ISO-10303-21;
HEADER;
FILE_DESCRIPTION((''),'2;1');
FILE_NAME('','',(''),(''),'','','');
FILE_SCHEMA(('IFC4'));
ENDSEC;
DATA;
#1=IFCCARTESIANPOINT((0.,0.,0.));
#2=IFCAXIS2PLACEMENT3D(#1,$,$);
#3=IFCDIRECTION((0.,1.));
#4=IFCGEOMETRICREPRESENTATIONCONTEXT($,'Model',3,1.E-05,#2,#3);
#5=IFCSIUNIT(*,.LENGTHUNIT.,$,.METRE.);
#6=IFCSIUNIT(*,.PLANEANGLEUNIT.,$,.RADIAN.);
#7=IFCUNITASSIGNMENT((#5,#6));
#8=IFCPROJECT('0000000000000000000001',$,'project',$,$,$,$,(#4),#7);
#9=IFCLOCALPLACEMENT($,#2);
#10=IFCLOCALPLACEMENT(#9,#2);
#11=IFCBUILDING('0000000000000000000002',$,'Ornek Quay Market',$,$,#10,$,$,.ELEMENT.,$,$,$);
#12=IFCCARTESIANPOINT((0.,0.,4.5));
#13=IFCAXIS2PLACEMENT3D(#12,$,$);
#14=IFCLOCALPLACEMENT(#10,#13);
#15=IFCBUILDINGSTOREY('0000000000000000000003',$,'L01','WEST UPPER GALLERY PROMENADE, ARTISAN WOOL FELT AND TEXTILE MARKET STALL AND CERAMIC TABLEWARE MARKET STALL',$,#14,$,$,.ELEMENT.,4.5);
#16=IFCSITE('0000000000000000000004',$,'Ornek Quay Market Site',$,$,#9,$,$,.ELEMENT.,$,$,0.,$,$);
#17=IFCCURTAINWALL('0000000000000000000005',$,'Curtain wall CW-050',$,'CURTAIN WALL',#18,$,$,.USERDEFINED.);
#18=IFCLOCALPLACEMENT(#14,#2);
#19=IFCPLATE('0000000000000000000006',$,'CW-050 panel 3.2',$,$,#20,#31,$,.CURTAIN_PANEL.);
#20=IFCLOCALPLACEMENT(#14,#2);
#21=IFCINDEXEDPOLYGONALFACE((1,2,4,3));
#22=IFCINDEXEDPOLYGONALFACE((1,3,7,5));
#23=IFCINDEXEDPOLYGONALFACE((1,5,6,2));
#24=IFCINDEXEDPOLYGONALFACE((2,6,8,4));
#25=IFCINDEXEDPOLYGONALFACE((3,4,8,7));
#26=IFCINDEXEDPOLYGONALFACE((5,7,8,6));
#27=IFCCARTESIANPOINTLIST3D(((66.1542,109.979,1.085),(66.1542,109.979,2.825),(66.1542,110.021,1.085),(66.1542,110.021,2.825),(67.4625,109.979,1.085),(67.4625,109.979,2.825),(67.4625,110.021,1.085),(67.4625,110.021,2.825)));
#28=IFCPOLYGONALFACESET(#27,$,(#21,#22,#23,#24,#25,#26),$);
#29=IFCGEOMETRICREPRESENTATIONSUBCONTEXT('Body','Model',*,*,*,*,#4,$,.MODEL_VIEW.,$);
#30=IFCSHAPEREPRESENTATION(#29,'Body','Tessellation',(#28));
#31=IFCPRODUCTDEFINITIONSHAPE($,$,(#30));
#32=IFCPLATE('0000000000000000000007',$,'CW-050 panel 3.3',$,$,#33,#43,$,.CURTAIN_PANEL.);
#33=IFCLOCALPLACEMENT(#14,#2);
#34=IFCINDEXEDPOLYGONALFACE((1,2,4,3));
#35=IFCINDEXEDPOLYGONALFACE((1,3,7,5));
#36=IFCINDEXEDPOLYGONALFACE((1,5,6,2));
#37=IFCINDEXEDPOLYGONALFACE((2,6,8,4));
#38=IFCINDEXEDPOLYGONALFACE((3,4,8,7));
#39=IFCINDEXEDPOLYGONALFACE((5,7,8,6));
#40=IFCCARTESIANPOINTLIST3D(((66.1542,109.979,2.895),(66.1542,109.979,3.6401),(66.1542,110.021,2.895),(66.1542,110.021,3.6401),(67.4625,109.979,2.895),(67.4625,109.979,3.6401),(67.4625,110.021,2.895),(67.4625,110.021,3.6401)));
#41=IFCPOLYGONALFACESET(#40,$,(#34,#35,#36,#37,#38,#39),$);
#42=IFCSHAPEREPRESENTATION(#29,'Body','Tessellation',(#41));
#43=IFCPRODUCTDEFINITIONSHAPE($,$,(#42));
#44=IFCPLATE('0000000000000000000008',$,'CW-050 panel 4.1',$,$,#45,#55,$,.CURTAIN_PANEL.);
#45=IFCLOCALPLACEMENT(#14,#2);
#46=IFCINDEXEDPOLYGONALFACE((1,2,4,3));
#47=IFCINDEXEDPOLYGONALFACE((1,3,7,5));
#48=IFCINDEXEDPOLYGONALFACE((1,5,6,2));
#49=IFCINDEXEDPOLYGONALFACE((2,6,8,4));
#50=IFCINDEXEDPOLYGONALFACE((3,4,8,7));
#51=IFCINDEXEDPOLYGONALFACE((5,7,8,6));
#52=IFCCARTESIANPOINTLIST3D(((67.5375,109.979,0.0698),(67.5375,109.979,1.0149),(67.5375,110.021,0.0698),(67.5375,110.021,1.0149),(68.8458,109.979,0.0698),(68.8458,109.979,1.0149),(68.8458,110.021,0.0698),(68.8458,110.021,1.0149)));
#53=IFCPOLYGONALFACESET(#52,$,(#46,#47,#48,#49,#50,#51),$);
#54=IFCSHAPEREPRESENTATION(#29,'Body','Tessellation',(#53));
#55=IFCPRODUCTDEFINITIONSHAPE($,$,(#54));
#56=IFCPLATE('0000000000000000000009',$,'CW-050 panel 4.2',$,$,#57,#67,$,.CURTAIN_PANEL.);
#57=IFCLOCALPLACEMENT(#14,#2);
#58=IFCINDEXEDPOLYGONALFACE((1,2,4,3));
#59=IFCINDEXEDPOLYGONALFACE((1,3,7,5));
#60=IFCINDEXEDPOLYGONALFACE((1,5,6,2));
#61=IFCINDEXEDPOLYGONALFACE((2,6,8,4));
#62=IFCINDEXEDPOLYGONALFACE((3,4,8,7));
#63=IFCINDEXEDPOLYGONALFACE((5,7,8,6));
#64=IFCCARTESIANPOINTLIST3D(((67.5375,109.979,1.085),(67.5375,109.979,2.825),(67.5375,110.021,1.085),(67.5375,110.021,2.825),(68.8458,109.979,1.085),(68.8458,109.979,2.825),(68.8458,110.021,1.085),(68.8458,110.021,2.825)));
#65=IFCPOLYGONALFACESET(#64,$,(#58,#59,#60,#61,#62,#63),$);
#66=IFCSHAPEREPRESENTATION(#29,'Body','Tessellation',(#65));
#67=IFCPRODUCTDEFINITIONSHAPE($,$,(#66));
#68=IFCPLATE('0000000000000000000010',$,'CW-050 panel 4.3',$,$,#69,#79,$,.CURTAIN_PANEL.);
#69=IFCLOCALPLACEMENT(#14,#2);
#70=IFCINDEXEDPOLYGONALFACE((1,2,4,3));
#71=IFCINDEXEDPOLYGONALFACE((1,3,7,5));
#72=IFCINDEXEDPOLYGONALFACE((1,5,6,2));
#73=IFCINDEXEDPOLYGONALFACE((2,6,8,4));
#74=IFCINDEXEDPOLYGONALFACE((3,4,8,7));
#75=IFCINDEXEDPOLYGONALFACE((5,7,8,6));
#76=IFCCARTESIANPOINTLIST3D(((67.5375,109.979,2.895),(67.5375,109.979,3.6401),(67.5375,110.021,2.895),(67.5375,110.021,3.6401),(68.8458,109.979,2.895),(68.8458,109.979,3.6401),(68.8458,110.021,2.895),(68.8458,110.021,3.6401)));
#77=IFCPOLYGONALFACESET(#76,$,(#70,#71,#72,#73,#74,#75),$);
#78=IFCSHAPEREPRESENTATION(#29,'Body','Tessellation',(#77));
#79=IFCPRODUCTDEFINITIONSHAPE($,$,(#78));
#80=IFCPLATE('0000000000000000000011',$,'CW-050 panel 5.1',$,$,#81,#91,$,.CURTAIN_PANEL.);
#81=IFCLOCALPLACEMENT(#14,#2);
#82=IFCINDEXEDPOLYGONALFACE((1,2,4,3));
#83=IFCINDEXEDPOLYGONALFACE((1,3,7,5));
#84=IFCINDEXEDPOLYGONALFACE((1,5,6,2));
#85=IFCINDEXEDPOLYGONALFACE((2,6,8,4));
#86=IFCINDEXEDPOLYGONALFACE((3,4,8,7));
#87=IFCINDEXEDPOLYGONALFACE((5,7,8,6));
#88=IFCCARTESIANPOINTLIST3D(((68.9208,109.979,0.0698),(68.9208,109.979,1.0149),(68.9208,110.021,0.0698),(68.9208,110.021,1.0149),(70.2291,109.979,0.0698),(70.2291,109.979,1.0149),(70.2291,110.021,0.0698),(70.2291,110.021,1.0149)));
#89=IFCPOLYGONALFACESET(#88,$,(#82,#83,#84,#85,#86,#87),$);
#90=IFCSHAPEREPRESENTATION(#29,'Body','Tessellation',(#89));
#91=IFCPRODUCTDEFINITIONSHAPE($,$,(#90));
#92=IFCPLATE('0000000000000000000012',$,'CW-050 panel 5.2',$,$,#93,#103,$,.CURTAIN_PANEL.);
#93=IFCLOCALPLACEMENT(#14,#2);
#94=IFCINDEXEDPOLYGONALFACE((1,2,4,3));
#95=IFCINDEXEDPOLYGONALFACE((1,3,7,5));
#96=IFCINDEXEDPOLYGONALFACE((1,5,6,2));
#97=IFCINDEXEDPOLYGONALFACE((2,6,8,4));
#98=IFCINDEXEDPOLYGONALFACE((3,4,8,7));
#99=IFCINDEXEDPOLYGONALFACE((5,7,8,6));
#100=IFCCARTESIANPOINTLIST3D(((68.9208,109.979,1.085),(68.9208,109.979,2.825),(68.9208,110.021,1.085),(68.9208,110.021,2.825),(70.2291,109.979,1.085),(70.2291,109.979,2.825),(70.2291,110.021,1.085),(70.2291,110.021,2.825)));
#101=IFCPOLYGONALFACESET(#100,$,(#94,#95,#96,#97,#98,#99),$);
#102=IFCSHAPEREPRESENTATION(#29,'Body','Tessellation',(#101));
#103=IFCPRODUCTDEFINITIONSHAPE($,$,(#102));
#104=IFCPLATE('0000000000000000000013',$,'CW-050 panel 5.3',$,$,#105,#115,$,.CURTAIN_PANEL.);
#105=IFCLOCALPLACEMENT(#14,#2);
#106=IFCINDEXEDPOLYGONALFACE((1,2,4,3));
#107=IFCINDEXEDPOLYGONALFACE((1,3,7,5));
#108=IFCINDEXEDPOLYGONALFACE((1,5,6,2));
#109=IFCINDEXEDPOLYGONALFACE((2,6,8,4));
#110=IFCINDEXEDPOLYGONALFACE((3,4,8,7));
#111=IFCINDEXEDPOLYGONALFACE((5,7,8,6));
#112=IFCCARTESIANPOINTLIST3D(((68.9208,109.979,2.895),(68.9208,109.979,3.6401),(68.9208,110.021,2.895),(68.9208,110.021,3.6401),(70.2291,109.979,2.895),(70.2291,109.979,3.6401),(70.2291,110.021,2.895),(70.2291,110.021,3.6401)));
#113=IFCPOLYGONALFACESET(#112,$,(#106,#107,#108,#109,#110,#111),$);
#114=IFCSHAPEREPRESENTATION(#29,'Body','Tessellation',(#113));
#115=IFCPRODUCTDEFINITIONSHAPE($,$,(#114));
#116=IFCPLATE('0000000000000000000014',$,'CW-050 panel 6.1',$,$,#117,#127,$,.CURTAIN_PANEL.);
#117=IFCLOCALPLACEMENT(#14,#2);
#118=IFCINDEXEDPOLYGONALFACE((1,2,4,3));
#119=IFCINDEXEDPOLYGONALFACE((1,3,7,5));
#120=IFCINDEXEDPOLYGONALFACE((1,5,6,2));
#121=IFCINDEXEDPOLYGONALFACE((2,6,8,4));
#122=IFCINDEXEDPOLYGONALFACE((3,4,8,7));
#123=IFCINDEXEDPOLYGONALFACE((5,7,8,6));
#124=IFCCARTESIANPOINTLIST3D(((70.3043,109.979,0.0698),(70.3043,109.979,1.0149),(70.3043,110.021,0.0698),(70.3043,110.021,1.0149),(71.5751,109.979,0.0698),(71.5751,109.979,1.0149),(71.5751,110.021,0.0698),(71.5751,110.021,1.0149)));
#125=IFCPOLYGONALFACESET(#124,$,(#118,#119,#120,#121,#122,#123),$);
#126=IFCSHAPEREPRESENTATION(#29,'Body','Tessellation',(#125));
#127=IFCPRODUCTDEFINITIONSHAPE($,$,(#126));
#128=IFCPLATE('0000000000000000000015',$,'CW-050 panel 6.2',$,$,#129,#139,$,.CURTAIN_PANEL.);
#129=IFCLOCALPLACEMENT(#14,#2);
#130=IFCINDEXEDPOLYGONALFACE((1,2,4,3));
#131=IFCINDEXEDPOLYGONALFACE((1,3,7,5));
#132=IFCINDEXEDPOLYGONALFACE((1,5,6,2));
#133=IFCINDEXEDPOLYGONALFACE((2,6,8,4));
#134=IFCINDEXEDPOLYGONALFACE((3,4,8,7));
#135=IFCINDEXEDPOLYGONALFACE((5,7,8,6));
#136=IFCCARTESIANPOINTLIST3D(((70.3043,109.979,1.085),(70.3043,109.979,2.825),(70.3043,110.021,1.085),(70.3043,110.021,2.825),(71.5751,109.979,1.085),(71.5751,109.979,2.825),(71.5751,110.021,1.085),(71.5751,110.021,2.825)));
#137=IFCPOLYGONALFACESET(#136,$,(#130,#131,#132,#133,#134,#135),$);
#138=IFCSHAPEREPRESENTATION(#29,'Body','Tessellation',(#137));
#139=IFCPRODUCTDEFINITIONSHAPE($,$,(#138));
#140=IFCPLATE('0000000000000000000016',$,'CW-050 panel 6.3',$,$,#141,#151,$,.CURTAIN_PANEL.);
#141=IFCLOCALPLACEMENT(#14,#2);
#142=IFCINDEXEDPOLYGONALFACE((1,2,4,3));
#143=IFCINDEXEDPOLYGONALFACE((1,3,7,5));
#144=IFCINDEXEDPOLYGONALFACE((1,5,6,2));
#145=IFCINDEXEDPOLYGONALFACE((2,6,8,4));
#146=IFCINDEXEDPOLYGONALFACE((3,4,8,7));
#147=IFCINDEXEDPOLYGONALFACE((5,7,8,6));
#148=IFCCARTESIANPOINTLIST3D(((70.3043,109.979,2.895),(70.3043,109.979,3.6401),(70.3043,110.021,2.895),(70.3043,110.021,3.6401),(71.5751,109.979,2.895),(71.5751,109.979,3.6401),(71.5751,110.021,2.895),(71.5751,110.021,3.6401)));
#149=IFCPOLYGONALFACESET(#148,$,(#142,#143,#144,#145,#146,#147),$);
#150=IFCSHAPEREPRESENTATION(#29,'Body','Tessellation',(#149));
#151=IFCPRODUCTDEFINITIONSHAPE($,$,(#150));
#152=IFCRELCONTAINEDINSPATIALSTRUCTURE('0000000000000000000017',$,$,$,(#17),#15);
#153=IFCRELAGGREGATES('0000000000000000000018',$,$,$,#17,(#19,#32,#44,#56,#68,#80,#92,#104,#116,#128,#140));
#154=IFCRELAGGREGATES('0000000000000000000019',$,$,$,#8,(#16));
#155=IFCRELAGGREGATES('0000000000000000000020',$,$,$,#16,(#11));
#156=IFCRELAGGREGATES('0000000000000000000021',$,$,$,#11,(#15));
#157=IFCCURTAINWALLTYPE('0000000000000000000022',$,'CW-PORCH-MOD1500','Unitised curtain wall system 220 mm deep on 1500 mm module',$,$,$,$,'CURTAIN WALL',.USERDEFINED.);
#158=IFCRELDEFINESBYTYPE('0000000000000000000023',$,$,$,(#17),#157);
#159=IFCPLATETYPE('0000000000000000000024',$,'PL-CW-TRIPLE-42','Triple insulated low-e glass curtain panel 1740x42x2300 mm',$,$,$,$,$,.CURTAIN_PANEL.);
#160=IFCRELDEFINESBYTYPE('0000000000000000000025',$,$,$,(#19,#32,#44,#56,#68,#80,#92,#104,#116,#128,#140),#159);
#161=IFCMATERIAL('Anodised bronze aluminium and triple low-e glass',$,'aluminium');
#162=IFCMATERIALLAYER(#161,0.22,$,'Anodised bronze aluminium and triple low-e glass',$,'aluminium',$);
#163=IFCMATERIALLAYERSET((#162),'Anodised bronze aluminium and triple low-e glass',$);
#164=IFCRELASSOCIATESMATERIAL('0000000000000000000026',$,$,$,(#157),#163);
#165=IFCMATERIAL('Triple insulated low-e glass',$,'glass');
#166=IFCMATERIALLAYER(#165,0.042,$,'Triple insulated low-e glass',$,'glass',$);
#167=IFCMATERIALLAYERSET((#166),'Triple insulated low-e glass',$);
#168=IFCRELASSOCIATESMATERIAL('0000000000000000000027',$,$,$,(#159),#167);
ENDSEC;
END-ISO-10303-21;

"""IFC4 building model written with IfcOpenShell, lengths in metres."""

from ifc_helpers import new_model, si_unit, direction, frame, origin, origin_2d, place, context, subcontext, project, spatial, rectangle, extrude, material, layer, layer_set, type_object, element, aggregate, save


model = new_model("IFC4")

# Units and contexts
model_context = context("Model", 3, precision=1e-05, world=origin(), true_north=direction((0.0, 1.0)))
body_context = subcontext(model_context, "Body", "Model", "MODEL_VIEW")
ifc_project = project(units=[si_unit("LENGTHUNIT", "METRE"), si_unit("PLANEANGLEUNIT", "RADIAN")], contexts=[model_context])

# Site, building, storey
site_placement = place(None, origin())
site = spatial("IfcSite", under=ifc_project, at=site_placement, Name="Ornek Quay Market Site", CompositionType="ELEMENT", RefElevation=0.0)
building_placement = place(site_placement, origin())
building = spatial("IfcBuilding", under=site, at=building_placement, Name="Ornek Quay Market", CompositionType="ELEMENT")
storey_placement = place(building_placement, frame((0.0, 0.0, 4.5)))
storey = spatial("IfcBuildingStorey", under=building, at=storey_placement, Name="L01", Description="WEST UPPER GALLERY PROMENADE, ARTISAN WOOL FELT AND TEXTILE MARKET STALL AND CERAMIC TABLEWARE MARKET STALL", CompositionType="ELEMENT", Elevation=4.5)

# Curtain wall, plates
ifc_material_1 = material(Name="Anodised bronze aluminium and triple low-e glass", Category="aluminium")
ifc_layer_1 = layer(ifc_material_1, 0.22, Name="Anodised bronze aluminium and triple low-e glass", Category="aluminium")
ifc_layer_set_1 = layer_set([ifc_layer_1], Name="Anodised bronze aluminium and triple low-e glass")
curtain_wall_type = type_object("IfcCurtainWallType", Name="CW-PORCH-MOD1500", Description="Unitised curtain wall system 220 mm deep on 1500 mm module", ElementType="CURTAIN WALL", PredefinedType="USERDEFINED", material=ifc_layer_set_1)
curtain_wall_placement = place(storey_placement, origin())
curtain_wall = element("IfcCurtainWall", 1, at=curtain_wall_placement, inside=storey, type_object=curtain_wall_type, Name="Curtain wall CW-050", ObjectType="CURTAIN WALL", PredefinedType="USERDEFINED")
ifc_material_2 = material(Name="Triple insulated low-e glass", Category="glass")
ifc_layer_2 = layer(ifc_material_2, 0.042, Name="Triple insulated low-e glass", Category="glass")
ifc_layer_set_2 = layer_set([ifc_layer_2], Name="Triple insulated low-e glass")
plate_type = type_object("IfcPlateType", Name="PL-CW-TRIPLE-42", Description="Triple insulated low-e glass curtain panel 1740x42x2300 mm", PredefinedType="CURTAIN_PANEL", material=ifc_layer_set_2)
plate_1_placement = place(storey_placement, frame((66.8083, 110.0, 1.085), z_axis=(0.0, 0.0, 1.0), x_axis=(1.0, 0.0, 0.0)))
plate_1 = element("IfcPlate", 2, at=plate_1_placement, type_object=plate_type, Name="CW-050 panel 3.2", PredefinedType="CURTAIN_PANEL", context=body_context, shape_type="SweptSolid", body=[
    extrude(rectangle(XDim=1.3083, YDim=0.042, at=origin_2d()), origin(), (0.0, 0.0, 1.0), 1.74),
])
plate_2_placement = place(storey_placement, frame((66.8083, 110.0, 2.895), z_axis=(0.0, 0.0, 1.0), x_axis=(1.0, 0.0, 0.0)))
plate_2 = element("IfcPlate", 3, at=plate_2_placement, type_object=plate_type, Name="CW-050 panel 3.3", PredefinedType="CURTAIN_PANEL", context=body_context, shape_type="SweptSolid", body=[
    extrude(rectangle(XDim=1.3083, YDim=0.042, at=origin_2d()), origin(), (0.0, 0.0, 1.0), 0.7451),
])
plate_3_placement = place(storey_placement, frame((68.1917, 110.0, 0.0698), z_axis=(0.0, 0.0, 1.0), x_axis=(1.0, 0.0, 0.0)))
plate_3 = element("IfcPlate", 4, at=plate_3_placement, type_object=plate_type, Name="CW-050 panel 4.1", PredefinedType="CURTAIN_PANEL", context=body_context, shape_type="SweptSolid", body=[
    extrude(rectangle(XDim=1.3083, YDim=0.042, at=origin_2d()), origin(), (0.0, 0.0, 1.0), 0.9451),
])
plate_4_placement = place(storey_placement, frame((68.1917, 110.0, 1.085), z_axis=(0.0, 0.0, 1.0), x_axis=(1.0, 0.0, 0.0)))
plate_4 = element("IfcPlate", 5, at=plate_4_placement, type_object=plate_type, Name="CW-050 panel 4.2", PredefinedType="CURTAIN_PANEL", context=body_context, shape_type="SweptSolid", body=[
    extrude(rectangle(XDim=1.3083, YDim=0.042, at=origin_2d()), origin(), (0.0, 0.0, 1.0), 1.74),
])
plate_5_placement = place(storey_placement, frame((68.1917, 110.0, 2.895), z_axis=(0.0, 0.0, 1.0), x_axis=(1.0, 0.0, 0.0)))
plate_5 = element("IfcPlate", 6, at=plate_5_placement, type_object=plate_type, Name="CW-050 panel 4.3", PredefinedType="CURTAIN_PANEL", context=body_context, shape_type="SweptSolid", body=[
    extrude(rectangle(XDim=1.3083, YDim=0.042, at=origin_2d()), origin(), (0.0, 0.0, 1.0), 0.7451),
])
plate_6_placement = place(storey_placement, frame((69.575, 110.0, 0.0698), z_axis=(0.0, 0.0, 1.0), x_axis=(1.0, 0.0, 0.0)))
plate_6 = element("IfcPlate", 7, at=plate_6_placement, type_object=plate_type, Name="CW-050 panel 5.1", PredefinedType="CURTAIN_PANEL", context=body_context, shape_type="SweptSolid", body=[
    extrude(rectangle(XDim=1.3083, YDim=0.042, at=origin_2d()), origin(), (0.0, 0.0, 1.0), 0.9451),
])
plate_7_placement = place(storey_placement, frame((69.575, 110.0, 1.085), z_axis=(0.0, 0.0, 1.0), x_axis=(1.0, 0.0, 0.0)))
plate_7 = element("IfcPlate", 8, at=plate_7_placement, type_object=plate_type, Name="CW-050 panel 5.2", PredefinedType="CURTAIN_PANEL", context=body_context, shape_type="SweptSolid", body=[
    extrude(rectangle(XDim=1.3083, YDim=0.042, at=origin_2d()), origin(), (0.0, 0.0, 1.0), 1.74),
])
plate_8_placement = place(storey_placement, frame((69.575, 110.0, 2.895), z_axis=(0.0, 0.0, 1.0), x_axis=(1.0, 0.0, 0.0)))
plate_8 = element("IfcPlate", 9, at=plate_8_placement, type_object=plate_type, Name="CW-050 panel 5.3", PredefinedType="CURTAIN_PANEL", context=body_context, shape_type="SweptSolid", body=[
    extrude(rectangle(XDim=1.3083, YDim=0.042, at=origin_2d()), origin(), (0.0, 0.0, 1.0), 0.7451),
])
plate_9_placement = place(storey_placement, frame((70.9397, 110.0, 0.0698), z_axis=(0.0, 0.0, 1.0), x_axis=(1.0, 0.0, 0.0)))
plate_9 = element("IfcPlate", 10, at=plate_9_placement, type_object=plate_type, Name="CW-050 panel 6.1", PredefinedType="CURTAIN_PANEL", context=body_context, shape_type="SweptSolid", body=[
    extrude(rectangle(XDim=1.2708, YDim=0.042, at=origin_2d()), origin(), (0.0, 0.0, 1.0), 0.9451),
])
plate_10_placement = place(storey_placement, frame((70.9397, 110.0, 1.085), z_axis=(0.0, 0.0, 1.0), x_axis=(1.0, 0.0, 0.0)))
plate_10 = element("IfcPlate", 11, at=plate_10_placement, type_object=plate_type, Name="CW-050 panel 6.2", PredefinedType="CURTAIN_PANEL", context=body_context, shape_type="SweptSolid", body=[
    extrude(rectangle(XDim=1.2708, YDim=0.042, at=origin_2d()), origin(), (0.0, 0.0, 1.0), 1.74),
])
plate_11_placement = place(storey_placement, frame((70.9397, 110.0, 2.895), z_axis=(0.0, 0.0, 1.0), x_axis=(1.0, 0.0, 0.0)))
plate_11 = element("IfcPlate", 12, at=plate_11_placement, type_object=plate_type, Name="CW-050 panel 6.3", PredefinedType="CURTAIN_PANEL", context=body_context, shape_type="SweptSolid", body=[
    extrude(rectangle(XDim=1.2708, YDim=0.042, at=origin_2d()), origin(), (0.0, 0.0, 1.0), 0.7451),
])
aggregate(curtain_wall, [plate_1, plate_2, plate_3, plate_4, plate_5, plate_6, plate_7, plate_8, plate_9, plate_10, plate_11])

save(model, "model.ifc")
